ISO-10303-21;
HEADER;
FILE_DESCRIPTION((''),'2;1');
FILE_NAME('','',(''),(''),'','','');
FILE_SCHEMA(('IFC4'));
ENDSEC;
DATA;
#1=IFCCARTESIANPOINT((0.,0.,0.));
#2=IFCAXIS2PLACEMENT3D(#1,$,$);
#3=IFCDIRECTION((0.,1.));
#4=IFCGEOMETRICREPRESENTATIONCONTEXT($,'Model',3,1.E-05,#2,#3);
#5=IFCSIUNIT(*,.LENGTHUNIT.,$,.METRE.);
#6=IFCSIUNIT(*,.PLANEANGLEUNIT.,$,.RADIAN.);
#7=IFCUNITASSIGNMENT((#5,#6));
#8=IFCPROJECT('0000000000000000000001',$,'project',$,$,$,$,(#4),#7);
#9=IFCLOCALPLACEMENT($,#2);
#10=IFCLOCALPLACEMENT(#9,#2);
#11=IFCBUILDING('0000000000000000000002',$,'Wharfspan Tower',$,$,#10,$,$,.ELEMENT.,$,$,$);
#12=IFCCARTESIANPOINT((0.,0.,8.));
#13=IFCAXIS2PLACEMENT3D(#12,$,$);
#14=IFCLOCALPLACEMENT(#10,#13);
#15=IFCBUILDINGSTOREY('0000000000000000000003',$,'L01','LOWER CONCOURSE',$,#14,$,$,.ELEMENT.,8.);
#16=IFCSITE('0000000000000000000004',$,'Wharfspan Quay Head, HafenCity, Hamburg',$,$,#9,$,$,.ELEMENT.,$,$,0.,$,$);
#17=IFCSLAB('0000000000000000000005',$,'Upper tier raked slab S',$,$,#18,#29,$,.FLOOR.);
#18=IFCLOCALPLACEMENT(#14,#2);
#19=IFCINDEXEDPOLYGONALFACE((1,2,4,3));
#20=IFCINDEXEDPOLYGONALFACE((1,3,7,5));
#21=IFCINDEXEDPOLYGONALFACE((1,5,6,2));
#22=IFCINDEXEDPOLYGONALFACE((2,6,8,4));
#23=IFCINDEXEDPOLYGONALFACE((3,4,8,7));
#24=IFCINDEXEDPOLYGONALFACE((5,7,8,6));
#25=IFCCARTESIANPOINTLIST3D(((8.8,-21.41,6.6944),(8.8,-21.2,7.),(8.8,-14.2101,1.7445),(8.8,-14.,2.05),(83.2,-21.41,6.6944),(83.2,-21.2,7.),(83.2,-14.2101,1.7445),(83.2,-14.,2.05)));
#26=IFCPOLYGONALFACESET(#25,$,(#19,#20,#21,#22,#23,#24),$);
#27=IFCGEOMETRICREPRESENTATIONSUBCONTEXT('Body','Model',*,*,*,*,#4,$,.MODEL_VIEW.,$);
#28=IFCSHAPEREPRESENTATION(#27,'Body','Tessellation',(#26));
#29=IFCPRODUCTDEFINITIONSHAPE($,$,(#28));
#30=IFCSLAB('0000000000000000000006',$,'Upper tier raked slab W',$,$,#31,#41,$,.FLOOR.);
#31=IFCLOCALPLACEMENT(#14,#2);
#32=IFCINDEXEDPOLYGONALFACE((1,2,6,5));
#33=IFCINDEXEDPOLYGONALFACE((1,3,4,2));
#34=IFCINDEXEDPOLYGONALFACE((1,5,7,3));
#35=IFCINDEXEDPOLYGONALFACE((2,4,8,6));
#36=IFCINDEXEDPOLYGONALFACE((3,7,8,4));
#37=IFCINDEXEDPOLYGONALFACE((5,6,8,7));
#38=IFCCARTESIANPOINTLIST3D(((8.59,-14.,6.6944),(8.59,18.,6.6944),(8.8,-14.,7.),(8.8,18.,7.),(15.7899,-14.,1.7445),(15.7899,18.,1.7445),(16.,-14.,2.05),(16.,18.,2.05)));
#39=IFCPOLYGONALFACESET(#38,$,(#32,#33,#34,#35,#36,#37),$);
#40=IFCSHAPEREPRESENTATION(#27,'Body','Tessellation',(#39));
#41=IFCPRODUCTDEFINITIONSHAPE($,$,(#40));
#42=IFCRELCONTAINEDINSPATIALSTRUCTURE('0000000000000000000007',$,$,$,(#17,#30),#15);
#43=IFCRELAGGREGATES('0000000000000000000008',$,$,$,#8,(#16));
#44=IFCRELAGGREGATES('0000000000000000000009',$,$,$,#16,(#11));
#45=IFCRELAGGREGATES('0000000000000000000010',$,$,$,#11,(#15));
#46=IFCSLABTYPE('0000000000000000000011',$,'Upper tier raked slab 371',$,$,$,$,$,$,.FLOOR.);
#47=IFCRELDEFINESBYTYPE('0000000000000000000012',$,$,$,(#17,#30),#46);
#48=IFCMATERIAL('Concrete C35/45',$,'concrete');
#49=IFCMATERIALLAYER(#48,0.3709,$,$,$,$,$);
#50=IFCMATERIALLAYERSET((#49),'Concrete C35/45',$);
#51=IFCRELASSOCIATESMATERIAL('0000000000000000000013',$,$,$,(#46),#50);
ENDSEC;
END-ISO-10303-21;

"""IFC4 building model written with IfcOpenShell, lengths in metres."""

from ifc_helpers import new_model, si_unit, direction, frame, origin, place, context, subcontext, project, spatial, polyline, outline, extrude, material, layer, layer_set, type_object, element, save


model = new_model("IFC4")

# Units and contexts
model_context = context("Model", 3, precision=1e-05, world=origin(), true_north=direction((0.0, 1.0)))
body_context = subcontext(model_context, "Body", "Model", "MODEL_VIEW")
ifc_project = project(units=[si_unit("LENGTHUNIT", "METRE"), si_unit("PLANEANGLEUNIT", "RADIAN")], contexts=[model_context])

# Site, building, storey
site_placement = place(None, origin())
site = spatial("IfcSite", under=ifc_project, at=site_placement, Name="Wharfspan Quay Head, HafenCity, Hamburg", CompositionType="ELEMENT", RefElevation=0.0)
building_placement = place(site_placement, origin())
building = spatial("IfcBuilding", under=site, at=building_placement, Name="Wharfspan Tower", CompositionType="ELEMENT")
storey_placement = place(building_placement, frame((0.0, 0.0, 8.0)))
storey = spatial("IfcBuildingStorey", under=building, at=storey_placement, Name="L01", Description="LOWER CONCOURSE", CompositionType="ELEMENT", Elevation=8.0)

# Slabs
ifc_material_1 = material(Name="Concrete C35/45", Category="concrete")
ifc_layer = layer(ifc_material_1, 0.3709)
ifc_layer_set = layer_set([ifc_layer], Name="Concrete C35/45")
slab_type = type_object("IfcSlabType", Name="Upper tier raked slab 371", PredefinedType="FLOOR", material=ifc_layer_set)
slab_1_placement = place(storey_placement, frame((8.8, -21.2, 7.0), z_axis=(0.0, 0.566528, 0.824043), x_axis=(1.0, 0.0, 0.0)))
element("IfcSlab", 1, at=slab_1_placement, inside=storey, type_object=slab_type, Name="Upper tier raked slab S", PredefinedType="FLOOR", context=body_context, shape_type="SweptSolid", body=[
    extrude(outline(polyline([(0.0, 0.0), (74.3999, 0.0), (74.3999, 8.7374), (0.0, 8.7374), (0.0, 0.0)])), origin(), (0.0, 0.0, -1.0), 0.3709),
])
slab_2_placement = place(storey_placement, frame((8.8, -14.0, 7.0), z_axis=(0.566528, 0.0, 0.824043), x_axis=(0.824043, 0.0, -0.566528)))
element("IfcSlab", 2, at=slab_2_placement, inside=storey, type_object=slab_type, Name="Upper tier raked slab W", PredefinedType="FLOOR", context=body_context, shape_type="SweptSolid", body=[
    extrude(outline(polyline([(0.0, 0.0), (8.7374, 0.0), (8.7374, 32.0), (0.0, 32.0), (0.0, 0.0)])), origin(), (0.0, 0.0, -1.0), 0.3709),
])

save(model, "model.ifc")
